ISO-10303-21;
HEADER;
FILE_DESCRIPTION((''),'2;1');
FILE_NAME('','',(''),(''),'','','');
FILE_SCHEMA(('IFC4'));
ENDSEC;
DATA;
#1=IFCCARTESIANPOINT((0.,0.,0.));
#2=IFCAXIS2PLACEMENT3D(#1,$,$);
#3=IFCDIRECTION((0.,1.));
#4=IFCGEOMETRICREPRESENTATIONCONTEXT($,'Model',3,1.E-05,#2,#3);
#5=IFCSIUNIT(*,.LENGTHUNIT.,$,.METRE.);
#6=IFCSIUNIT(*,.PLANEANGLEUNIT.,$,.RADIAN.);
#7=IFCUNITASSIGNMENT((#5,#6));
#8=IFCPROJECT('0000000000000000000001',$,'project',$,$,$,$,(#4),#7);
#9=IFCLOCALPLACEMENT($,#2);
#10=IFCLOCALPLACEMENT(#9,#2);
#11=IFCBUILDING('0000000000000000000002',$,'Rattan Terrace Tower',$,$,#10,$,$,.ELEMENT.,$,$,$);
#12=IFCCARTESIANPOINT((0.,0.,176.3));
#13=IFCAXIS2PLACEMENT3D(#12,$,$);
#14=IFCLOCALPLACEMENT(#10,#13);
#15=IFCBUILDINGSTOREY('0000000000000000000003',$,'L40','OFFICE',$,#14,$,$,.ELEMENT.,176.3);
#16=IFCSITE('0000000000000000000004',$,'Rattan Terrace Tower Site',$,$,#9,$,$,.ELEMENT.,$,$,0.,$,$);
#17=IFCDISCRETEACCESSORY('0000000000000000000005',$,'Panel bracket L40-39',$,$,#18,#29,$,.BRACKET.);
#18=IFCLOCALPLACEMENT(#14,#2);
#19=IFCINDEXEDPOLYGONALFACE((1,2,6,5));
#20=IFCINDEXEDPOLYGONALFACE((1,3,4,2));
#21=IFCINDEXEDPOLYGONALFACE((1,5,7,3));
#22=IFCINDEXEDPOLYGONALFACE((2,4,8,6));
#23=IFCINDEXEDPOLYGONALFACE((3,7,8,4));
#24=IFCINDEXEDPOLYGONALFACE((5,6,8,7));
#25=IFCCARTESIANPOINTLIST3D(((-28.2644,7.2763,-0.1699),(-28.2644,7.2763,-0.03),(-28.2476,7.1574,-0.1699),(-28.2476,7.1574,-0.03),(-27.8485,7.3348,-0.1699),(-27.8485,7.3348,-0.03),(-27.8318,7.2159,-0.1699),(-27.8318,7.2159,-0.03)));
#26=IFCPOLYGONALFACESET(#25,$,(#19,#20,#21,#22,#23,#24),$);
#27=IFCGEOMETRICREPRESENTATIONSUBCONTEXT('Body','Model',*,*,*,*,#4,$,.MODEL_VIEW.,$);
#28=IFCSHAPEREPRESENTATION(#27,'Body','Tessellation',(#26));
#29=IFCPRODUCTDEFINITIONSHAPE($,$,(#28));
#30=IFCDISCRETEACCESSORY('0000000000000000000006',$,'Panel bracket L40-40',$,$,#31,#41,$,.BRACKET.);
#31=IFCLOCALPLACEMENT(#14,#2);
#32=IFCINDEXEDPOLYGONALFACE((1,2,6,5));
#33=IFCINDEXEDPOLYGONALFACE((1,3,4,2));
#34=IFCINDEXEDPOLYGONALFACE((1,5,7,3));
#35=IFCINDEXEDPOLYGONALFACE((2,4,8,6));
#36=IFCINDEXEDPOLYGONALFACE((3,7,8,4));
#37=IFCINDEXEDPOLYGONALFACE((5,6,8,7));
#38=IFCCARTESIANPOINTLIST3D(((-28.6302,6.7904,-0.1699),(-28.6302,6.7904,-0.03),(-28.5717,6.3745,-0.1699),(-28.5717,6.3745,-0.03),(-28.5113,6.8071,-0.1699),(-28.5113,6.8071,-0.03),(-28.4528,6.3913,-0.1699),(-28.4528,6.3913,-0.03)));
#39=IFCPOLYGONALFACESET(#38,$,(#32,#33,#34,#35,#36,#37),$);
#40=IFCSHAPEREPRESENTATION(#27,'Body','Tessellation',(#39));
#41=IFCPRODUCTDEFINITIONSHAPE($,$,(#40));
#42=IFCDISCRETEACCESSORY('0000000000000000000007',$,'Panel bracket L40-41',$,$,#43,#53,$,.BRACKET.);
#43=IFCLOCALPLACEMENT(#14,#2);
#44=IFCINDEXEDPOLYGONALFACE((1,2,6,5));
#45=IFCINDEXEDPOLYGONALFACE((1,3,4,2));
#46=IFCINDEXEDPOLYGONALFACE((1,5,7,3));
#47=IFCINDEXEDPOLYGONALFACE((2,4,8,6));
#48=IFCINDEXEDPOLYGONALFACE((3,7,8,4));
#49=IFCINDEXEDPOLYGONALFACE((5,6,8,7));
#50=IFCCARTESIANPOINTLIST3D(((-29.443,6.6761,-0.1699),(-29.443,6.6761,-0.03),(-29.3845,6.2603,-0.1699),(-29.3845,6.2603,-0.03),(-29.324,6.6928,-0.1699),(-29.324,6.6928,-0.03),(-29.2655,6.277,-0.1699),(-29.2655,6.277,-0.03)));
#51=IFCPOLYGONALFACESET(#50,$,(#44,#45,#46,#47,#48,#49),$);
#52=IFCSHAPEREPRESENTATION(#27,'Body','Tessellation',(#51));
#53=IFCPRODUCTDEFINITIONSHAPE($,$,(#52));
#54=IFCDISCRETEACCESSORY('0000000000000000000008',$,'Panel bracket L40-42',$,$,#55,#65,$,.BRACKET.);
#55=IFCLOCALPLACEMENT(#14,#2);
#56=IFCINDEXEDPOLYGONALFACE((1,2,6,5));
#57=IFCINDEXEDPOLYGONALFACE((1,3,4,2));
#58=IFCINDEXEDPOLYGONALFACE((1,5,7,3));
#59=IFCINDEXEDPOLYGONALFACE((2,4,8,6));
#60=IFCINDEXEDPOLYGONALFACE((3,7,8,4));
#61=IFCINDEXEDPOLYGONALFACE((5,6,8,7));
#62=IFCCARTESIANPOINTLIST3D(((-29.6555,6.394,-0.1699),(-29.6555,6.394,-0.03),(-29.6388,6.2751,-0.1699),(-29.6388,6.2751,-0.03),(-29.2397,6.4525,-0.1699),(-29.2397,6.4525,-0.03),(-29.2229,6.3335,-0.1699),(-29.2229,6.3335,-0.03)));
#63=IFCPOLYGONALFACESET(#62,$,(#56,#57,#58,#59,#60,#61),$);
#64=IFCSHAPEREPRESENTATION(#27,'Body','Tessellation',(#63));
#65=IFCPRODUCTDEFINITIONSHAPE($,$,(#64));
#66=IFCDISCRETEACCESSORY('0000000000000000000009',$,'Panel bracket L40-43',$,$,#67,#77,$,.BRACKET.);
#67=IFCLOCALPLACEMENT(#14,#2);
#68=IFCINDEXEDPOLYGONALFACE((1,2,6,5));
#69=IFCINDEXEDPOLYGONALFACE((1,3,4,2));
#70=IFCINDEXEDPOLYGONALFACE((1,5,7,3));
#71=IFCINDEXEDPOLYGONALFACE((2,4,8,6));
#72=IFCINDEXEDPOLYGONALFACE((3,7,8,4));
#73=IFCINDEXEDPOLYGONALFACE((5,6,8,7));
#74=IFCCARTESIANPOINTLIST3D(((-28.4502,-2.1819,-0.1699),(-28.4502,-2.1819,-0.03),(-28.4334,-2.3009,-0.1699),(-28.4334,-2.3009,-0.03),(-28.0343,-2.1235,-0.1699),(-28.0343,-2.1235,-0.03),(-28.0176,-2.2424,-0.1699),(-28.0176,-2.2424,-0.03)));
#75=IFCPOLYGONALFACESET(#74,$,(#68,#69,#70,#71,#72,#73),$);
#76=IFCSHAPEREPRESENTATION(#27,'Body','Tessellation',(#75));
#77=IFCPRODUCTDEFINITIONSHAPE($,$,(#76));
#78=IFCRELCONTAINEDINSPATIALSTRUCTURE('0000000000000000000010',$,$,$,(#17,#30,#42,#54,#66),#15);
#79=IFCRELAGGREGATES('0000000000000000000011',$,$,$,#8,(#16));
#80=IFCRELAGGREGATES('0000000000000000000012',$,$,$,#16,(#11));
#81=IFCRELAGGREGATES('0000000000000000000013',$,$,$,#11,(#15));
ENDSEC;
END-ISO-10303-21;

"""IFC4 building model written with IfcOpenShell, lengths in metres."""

from ifc_helpers import new_model, si_unit, direction, frame, origin, origin_2d, place, context, subcontext, project, spatial, rectangle, extrude, element, save


model = new_model("IFC4")

# Units and contexts
model_context = context("Model", 3, precision=1e-05, world=origin(), true_north=direction((0.0, 1.0)))
body_context = subcontext(model_context, "Body", "Model", "MODEL_VIEW")
ifc_project = project(units=[si_unit("LENGTHUNIT", "METRE"), si_unit("PLANEANGLEUNIT", "RADIAN")], contexts=[model_context])

# Site, building, storey
site_placement = place(None, origin())
site = spatial("IfcSite", under=ifc_project, at=site_placement, Name="Rattan Terrace Tower Site", CompositionType="ELEMENT", RefElevation=0.0)
building_placement = place(site_placement, origin())
building = spatial("IfcBuilding", under=site, at=building_placement, Name="Rattan Terrace Tower", CompositionType="ELEMENT")
storey_placement = place(building_placement, frame((0.0, 0.0, 176.3)))
storey = spatial("IfcBuildingStorey", under=building, at=storey_placement, Name="L40", Description="OFFICE", CompositionType="ELEMENT", Elevation=176.3)

# Discrete accessories
for number, where, z_axis, x_axis, name in (
    (1, (-28.0481, 7.2461, -0.1699), (0.0, 0.0, 1.0), (0.139321, -0.990247, 0.0), "Panel bracket L40-39"),
    (2, (-28.5415, 6.5908, -0.1699), (0.0, 0.0, 1.0), (-0.990254, -0.139275, 0.0), "Panel bracket L40-40"),
    (3, (-29.3542, 6.4766, -0.1699), (0.0, 0.0, 1.0), (-0.990254, -0.139275, 0.0), "Panel bracket L40-41"),
    (4, (-29.4392, 6.3638, -0.1699), (0.0, 0.0, 1.0), (0.139191, -0.990266, 0.0), "Panel bracket L40-42"),
    (5, (-28.2339, -2.2122, -0.1699), (0.0, 0.0, 1.0), (0.139191, -0.990266, 0.0), "Panel bracket L40-43"),
):
    element("IfcDiscreteAccessory", number, at=place(storey_placement, frame(where, z_axis=z_axis, x_axis=x_axis)), inside=storey, Name=name, PredefinedType="BRACKET", context=body_context, shape_type="SweptSolid", body=[
        extrude(rectangle(XDim=0.1201, YDim=0.4199, at=origin_2d()), origin(), (0.0, 0.0, 1.0), 0.1399),
    ])

save(model, "model.ifc")
